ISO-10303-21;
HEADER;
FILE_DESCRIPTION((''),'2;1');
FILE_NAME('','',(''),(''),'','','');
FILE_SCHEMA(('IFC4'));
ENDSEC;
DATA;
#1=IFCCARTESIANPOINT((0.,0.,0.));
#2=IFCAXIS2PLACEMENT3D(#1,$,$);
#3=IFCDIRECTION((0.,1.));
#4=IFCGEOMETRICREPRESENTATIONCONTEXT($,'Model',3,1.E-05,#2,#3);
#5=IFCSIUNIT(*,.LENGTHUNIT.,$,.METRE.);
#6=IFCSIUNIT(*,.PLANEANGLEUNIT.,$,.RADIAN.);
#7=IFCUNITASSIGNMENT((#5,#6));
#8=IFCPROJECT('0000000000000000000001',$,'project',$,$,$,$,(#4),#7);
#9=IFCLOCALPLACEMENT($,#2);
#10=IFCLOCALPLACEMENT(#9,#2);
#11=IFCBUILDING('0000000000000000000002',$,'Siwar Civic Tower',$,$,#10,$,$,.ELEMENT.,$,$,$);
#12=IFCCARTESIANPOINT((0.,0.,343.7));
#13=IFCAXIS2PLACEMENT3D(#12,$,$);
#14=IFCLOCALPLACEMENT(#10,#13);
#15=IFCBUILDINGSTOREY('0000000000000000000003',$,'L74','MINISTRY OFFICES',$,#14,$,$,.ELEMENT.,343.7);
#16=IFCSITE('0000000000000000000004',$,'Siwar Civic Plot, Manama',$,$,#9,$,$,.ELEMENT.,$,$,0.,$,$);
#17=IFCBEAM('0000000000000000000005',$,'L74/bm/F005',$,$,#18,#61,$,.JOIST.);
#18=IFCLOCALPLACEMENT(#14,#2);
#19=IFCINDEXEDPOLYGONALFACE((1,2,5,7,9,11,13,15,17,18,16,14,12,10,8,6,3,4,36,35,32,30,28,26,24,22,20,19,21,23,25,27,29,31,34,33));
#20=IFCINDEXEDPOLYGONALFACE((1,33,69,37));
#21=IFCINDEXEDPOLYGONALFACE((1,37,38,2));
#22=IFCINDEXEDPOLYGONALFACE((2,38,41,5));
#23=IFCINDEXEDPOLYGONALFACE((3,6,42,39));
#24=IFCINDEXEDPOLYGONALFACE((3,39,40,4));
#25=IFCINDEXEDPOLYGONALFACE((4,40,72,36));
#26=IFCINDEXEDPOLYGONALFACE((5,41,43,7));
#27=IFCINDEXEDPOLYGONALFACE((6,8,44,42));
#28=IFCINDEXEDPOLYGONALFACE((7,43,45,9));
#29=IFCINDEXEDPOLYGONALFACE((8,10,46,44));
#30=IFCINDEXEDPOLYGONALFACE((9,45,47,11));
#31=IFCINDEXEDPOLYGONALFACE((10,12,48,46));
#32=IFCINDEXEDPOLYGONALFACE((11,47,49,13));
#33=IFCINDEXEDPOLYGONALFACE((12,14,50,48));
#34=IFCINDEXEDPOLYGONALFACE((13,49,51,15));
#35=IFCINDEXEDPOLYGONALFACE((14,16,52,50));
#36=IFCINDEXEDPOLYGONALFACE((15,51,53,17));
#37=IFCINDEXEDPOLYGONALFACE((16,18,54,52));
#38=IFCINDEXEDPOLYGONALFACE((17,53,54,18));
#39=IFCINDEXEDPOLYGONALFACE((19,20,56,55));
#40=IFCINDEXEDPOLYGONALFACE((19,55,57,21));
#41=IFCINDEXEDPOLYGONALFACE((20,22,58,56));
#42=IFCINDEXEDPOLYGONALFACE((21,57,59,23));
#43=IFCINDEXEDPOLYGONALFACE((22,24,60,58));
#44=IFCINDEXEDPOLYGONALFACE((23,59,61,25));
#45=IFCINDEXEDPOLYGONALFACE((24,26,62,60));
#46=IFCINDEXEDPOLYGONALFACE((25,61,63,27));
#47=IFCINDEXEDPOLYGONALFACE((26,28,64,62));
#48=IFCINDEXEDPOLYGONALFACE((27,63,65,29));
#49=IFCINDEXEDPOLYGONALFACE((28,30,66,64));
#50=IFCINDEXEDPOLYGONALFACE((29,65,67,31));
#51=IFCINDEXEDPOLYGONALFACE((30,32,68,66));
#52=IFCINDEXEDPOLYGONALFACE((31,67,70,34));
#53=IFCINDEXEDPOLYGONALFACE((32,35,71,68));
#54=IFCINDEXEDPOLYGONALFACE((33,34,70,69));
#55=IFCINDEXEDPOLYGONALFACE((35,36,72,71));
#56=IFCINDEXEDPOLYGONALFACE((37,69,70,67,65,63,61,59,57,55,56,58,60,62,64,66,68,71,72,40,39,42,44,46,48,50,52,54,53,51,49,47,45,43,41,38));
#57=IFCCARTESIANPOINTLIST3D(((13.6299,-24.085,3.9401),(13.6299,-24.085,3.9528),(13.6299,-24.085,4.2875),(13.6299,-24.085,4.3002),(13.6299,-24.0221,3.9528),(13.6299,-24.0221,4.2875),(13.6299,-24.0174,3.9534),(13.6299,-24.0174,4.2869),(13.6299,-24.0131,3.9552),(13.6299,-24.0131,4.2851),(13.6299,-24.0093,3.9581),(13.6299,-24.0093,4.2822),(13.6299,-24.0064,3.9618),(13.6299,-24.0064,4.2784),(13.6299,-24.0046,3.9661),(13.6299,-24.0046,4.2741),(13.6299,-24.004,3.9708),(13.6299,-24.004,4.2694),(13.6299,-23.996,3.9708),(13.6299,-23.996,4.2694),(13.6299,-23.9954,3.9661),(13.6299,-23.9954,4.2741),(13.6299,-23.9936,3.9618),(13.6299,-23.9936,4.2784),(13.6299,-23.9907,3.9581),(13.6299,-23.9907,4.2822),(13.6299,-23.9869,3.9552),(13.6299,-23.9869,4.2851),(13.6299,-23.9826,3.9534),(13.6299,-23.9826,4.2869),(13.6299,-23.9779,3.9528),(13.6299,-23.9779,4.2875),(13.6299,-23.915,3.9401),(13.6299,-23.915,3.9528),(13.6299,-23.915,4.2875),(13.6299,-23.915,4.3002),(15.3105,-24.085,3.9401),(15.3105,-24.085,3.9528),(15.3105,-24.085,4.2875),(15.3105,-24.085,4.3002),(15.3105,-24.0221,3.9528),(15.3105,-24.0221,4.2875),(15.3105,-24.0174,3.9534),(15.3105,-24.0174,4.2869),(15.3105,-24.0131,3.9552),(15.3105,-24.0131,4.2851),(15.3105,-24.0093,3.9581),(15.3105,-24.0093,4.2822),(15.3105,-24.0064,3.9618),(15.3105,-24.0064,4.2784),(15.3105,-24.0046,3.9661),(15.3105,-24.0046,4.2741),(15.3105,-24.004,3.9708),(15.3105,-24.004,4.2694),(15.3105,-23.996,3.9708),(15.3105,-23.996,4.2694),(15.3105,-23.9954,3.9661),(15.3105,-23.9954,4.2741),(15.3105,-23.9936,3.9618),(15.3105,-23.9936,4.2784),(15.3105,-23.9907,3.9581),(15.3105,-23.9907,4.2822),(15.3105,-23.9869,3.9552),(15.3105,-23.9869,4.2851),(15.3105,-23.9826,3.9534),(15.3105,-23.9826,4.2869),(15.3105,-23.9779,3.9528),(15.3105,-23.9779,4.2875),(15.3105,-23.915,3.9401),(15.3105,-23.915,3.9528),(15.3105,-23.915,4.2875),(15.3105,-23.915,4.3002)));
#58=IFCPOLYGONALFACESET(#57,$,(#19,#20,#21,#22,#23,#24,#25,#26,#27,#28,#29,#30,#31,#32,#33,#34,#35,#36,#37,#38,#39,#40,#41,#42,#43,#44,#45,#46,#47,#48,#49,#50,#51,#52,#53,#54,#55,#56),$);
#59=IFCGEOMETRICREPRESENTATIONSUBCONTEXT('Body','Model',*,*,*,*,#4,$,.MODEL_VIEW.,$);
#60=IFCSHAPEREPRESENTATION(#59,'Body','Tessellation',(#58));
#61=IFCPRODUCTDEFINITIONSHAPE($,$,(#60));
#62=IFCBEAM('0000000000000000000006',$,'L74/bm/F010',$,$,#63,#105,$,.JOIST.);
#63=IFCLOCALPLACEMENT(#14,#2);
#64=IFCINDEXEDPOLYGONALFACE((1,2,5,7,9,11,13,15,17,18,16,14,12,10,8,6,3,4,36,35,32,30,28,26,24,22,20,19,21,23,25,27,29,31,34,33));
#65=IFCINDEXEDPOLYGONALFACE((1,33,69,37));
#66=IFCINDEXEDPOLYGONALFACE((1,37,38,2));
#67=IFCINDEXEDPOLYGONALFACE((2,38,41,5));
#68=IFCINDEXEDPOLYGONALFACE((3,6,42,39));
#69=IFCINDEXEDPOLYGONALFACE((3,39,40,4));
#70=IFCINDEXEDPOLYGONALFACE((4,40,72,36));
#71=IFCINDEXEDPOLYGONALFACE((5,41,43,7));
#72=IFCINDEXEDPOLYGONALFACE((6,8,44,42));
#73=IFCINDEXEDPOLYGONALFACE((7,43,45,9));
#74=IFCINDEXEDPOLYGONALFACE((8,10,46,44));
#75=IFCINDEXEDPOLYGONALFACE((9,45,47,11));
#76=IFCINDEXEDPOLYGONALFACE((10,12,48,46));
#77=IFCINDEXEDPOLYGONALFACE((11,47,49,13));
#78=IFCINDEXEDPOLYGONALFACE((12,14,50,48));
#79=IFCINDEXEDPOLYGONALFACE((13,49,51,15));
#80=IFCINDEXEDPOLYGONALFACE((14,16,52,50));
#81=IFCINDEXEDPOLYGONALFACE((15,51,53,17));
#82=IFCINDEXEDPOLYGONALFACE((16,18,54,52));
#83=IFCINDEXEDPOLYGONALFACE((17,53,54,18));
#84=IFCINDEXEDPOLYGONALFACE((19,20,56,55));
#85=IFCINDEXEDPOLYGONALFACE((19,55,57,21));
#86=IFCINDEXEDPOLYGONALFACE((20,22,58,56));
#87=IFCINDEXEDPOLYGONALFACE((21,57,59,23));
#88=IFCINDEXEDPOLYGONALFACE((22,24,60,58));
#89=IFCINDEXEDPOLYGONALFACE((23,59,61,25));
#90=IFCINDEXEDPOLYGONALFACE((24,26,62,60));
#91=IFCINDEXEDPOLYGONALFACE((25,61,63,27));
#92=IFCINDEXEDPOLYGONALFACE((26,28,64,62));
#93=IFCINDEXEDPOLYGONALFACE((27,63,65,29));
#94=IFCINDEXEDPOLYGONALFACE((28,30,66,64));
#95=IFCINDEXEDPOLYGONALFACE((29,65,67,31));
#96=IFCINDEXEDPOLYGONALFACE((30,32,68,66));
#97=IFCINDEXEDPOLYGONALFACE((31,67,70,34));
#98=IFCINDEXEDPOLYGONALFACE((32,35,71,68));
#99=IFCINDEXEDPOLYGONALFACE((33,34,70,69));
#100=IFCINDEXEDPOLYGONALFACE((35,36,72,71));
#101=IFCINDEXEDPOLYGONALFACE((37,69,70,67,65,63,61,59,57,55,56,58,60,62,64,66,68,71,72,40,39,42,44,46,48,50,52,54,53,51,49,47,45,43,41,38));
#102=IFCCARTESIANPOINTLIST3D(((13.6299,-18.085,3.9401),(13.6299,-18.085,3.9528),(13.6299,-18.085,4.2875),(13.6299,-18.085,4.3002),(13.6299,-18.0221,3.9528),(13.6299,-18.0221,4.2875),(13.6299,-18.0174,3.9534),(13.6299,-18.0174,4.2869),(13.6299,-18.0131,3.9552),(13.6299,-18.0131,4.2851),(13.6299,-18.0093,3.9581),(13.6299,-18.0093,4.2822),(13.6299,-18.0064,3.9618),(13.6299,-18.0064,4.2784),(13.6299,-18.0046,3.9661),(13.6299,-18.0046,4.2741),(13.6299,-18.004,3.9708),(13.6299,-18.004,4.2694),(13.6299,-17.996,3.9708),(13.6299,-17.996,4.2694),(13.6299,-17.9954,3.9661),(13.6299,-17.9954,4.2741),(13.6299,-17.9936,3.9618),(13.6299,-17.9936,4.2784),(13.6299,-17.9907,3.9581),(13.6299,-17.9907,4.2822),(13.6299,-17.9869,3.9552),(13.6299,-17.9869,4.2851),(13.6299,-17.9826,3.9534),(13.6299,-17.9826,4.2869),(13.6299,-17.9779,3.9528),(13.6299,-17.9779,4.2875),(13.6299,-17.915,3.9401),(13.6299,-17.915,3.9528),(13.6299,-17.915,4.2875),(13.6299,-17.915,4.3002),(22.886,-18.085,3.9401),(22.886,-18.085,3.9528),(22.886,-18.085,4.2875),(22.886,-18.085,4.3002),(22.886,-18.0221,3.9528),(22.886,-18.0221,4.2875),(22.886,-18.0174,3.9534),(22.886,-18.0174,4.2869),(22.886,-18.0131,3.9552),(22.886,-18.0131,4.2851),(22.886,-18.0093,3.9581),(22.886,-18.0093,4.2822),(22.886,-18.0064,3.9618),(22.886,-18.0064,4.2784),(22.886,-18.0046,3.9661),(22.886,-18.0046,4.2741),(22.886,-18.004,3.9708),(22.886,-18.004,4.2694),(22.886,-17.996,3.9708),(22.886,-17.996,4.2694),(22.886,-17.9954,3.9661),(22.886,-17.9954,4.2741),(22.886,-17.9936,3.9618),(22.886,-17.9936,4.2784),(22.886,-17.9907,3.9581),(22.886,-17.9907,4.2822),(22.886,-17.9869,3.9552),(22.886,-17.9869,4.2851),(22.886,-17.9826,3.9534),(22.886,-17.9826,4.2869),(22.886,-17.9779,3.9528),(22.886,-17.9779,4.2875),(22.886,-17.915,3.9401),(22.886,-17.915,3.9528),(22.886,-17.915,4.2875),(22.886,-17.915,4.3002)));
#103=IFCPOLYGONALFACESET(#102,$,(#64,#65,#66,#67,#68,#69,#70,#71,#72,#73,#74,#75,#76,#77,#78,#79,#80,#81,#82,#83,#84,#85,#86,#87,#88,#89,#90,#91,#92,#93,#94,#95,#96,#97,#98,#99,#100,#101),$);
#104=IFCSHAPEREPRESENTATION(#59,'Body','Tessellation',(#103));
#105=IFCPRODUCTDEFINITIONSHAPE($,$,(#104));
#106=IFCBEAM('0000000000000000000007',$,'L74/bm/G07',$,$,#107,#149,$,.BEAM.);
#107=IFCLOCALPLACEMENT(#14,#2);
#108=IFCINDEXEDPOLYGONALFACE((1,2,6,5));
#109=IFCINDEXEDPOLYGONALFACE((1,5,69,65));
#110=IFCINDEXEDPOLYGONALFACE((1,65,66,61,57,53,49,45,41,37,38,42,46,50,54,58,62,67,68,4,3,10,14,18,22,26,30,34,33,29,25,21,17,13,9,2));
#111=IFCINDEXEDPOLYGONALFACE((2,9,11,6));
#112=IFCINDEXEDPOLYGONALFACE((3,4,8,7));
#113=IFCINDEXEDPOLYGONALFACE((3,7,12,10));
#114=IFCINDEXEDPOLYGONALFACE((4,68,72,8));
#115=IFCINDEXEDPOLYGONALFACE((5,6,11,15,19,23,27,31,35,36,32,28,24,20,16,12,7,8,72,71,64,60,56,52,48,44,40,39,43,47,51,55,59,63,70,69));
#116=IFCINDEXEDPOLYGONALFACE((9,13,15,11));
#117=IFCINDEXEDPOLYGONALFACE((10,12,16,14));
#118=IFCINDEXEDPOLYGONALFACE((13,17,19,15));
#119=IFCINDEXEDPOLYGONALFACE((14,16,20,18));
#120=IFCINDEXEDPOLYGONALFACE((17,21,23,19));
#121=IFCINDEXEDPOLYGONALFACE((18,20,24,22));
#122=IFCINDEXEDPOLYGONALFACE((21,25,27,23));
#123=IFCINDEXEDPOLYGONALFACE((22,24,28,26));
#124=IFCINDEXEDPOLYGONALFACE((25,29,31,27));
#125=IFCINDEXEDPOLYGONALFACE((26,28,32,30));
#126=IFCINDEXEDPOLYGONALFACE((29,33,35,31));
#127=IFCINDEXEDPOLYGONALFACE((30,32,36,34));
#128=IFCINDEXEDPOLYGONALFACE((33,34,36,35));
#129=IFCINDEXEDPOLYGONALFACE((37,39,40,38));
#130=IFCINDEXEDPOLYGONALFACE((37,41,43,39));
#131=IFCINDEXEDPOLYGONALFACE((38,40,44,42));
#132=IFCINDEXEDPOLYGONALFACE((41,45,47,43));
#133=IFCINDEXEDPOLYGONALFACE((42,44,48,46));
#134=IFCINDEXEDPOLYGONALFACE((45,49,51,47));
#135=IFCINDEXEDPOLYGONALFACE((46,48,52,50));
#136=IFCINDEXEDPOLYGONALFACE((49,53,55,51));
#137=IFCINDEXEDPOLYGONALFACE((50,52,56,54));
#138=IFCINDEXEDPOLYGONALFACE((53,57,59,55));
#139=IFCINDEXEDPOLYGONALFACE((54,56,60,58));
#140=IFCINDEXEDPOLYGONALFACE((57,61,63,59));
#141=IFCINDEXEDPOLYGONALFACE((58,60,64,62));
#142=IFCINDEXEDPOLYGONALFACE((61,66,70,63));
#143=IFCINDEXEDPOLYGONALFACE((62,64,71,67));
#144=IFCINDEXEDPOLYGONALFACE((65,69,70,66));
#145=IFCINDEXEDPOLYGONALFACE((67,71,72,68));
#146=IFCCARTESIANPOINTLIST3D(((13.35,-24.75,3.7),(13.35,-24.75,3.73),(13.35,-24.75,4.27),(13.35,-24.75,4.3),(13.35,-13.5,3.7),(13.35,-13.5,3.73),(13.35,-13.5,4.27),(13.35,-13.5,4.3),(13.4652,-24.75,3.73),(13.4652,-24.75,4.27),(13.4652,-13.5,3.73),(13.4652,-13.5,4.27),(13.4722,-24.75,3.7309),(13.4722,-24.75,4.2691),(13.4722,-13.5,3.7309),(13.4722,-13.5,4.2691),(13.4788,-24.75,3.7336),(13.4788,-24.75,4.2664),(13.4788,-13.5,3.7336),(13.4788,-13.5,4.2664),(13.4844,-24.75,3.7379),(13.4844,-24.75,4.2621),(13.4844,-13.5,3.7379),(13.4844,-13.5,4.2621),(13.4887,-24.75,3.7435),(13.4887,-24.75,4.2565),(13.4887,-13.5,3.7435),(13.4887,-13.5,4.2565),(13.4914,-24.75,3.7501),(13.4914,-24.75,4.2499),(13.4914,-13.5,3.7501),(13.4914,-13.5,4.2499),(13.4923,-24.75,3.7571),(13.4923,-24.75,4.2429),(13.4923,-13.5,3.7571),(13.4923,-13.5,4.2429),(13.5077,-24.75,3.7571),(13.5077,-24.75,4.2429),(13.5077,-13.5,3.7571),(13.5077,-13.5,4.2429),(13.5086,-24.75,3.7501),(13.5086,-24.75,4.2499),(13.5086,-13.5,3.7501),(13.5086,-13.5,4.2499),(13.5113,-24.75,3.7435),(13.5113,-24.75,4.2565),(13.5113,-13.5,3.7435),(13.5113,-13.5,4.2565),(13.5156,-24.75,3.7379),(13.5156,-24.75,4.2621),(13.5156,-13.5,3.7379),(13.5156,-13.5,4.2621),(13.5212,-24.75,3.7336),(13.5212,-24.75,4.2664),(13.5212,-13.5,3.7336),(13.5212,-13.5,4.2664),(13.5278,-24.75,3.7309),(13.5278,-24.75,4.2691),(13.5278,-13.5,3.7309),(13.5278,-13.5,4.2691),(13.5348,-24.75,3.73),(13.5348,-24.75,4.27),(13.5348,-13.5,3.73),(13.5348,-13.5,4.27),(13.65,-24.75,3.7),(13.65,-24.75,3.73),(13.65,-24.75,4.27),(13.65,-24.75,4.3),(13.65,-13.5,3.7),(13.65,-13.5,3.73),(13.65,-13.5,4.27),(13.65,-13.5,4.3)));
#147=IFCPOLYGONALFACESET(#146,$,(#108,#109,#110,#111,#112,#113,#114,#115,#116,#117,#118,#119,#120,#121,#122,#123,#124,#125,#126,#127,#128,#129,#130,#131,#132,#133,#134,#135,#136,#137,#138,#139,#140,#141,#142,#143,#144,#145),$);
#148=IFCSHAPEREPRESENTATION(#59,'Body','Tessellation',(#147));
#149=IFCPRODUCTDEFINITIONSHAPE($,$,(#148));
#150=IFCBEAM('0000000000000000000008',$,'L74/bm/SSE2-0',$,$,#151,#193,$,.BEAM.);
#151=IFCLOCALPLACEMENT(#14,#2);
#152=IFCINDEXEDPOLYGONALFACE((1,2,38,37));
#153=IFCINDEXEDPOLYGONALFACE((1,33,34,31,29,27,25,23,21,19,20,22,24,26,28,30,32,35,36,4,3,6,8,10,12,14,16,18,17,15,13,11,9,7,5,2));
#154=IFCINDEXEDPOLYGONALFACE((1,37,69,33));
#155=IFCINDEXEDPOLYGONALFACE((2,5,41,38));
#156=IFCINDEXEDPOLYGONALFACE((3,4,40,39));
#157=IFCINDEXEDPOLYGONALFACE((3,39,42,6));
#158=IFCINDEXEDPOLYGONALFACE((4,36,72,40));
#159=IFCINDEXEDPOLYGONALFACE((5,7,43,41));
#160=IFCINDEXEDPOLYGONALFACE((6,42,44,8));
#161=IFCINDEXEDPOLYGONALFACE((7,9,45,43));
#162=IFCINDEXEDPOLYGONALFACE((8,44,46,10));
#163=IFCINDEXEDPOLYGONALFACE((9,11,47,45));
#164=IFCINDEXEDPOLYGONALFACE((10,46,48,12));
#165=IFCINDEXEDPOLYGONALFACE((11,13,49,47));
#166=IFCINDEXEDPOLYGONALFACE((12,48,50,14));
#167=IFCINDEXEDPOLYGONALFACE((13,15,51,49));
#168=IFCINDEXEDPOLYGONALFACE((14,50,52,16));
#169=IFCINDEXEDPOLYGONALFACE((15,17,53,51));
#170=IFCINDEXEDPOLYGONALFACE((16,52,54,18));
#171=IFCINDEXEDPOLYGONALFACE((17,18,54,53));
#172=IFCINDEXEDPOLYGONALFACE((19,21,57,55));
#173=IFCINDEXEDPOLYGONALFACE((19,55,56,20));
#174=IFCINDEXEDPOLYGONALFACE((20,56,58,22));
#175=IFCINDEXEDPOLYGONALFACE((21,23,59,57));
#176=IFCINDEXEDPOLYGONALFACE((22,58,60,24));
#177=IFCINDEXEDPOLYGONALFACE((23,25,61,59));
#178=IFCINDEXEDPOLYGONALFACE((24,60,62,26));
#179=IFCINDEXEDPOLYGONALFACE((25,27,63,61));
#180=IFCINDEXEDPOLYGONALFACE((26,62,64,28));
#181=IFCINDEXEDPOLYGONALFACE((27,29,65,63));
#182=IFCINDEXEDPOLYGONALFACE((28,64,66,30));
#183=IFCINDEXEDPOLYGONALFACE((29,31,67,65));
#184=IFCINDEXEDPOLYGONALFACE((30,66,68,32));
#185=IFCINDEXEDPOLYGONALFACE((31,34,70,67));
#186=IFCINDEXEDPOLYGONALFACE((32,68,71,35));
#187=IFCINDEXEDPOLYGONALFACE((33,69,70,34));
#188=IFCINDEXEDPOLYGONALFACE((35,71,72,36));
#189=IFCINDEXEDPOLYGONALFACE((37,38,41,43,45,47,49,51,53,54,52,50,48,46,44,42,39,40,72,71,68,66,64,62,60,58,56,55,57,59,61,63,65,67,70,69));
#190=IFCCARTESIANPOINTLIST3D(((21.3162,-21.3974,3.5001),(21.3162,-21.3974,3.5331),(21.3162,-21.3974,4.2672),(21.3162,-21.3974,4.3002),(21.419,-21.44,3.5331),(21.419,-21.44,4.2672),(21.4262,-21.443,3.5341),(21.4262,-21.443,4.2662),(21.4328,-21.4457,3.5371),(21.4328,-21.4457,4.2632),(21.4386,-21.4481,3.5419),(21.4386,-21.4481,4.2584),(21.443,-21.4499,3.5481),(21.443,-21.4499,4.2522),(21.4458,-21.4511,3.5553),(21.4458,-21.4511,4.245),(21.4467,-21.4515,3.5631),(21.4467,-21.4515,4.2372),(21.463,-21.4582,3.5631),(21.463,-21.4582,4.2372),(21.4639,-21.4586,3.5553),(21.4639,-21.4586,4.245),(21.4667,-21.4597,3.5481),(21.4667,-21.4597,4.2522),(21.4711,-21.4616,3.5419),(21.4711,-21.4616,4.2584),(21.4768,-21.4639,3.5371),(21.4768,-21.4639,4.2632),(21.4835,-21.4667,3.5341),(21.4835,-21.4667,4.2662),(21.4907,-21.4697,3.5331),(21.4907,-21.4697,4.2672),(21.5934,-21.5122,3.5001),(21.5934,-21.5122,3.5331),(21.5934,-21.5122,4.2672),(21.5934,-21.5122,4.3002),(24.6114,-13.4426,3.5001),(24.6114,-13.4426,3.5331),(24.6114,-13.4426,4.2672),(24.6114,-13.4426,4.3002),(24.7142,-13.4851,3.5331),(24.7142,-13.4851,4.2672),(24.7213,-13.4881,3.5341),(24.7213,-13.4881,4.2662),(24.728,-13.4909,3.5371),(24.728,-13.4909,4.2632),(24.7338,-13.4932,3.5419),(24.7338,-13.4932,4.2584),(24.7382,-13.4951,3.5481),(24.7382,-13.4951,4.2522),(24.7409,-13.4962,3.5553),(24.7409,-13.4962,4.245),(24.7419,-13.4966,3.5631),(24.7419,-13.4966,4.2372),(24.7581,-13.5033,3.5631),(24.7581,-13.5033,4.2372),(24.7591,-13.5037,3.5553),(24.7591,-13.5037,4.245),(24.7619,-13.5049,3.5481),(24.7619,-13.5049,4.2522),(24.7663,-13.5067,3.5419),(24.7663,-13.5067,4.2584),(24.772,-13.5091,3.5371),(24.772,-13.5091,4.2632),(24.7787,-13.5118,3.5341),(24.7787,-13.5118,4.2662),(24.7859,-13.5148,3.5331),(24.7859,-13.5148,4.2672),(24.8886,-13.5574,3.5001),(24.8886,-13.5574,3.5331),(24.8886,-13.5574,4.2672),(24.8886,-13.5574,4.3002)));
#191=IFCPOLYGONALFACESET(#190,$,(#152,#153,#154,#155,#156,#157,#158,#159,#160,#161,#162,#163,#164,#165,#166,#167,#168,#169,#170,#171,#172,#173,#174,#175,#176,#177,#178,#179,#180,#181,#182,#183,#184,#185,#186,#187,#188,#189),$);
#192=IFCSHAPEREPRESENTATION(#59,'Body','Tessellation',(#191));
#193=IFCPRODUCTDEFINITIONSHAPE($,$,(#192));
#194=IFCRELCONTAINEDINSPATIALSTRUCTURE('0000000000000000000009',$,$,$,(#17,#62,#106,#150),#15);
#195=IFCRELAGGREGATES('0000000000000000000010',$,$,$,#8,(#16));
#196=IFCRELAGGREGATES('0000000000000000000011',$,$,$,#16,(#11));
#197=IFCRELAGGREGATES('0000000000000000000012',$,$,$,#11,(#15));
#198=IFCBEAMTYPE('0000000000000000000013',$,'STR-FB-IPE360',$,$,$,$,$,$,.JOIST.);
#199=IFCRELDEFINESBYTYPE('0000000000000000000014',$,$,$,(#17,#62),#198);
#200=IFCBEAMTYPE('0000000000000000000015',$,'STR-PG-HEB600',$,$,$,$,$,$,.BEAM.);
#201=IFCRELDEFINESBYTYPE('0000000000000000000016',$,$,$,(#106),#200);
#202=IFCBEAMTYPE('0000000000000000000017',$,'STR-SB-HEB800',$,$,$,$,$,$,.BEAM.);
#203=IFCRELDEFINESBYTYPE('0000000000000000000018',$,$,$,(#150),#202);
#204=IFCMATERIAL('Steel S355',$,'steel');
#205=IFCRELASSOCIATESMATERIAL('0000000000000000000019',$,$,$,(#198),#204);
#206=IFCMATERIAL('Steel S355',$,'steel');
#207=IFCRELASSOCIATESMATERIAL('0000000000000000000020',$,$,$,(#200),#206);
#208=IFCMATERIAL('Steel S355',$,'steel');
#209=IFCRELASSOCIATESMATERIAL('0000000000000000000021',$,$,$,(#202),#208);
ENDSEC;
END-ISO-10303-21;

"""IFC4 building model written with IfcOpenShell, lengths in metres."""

from ifc_helpers import new_model, si_unit, direction, frame, origin, origin_2d, place, context, subcontext, project, spatial, i_section, extrude, material, material_profile, profile_set, type_object, element, save


model = new_model("IFC4")

# Units and contexts
model_context = context("Model", 3, precision=1e-05, world=origin(), true_north=direction((0.0, 1.0)))
body_context = subcontext(model_context, "Body", "Model", "MODEL_VIEW")
ifc_project = project(units=[si_unit("LENGTHUNIT", "METRE"), si_unit("PLANEANGLEUNIT", "RADIAN")], contexts=[model_context])

# Site, building, storey
site_placement = place(None, origin())
site = spatial("IfcSite", under=ifc_project, at=site_placement, Name="Siwar Civic Plot, Manama", CompositionType="ELEMENT", RefElevation=0.0)
building_placement = place(site_placement, origin())
building = spatial("IfcBuilding", under=site, at=building_placement, Name="Siwar Civic Tower", CompositionType="ELEMENT")
storey_placement = place(building_placement, frame((0.0, 0.0, 343.7)))
storey = spatial("IfcBuildingStorey", under=building, at=storey_placement, Name="L74", Description="MINISTRY OFFICES", CompositionType="ELEMENT", Elevation=343.7)

# Beams
ifc_material_1 = material(Name="Steel S355", Category="steel")
ifc_material_profile_1 = material_profile(ifc_material_1, i_section(OverallWidth=0.1699, OverallDepth=0.3601, WebThickness=0.0081, FlangeThickness=0.0127, FilletRadius=0.0181, at=origin_2d()), Name="IPE360")
ifc_profile_set_1 = profile_set([ifc_material_profile_1], Name="Steel S355")
beam_type_1 = type_object("IfcBeamType", Name="STR-FB-IPE360", PredefinedType="JOIST", material=ifc_profile_set_1)
beam_1_placement = place(storey_placement, frame((13.6299, -24.0, 4.1201), z_axis=(1.0, 0.0, 0.0), x_axis=(0.0, 1.0, 0.0)))
element("IfcBeam", 1, at=beam_1_placement, inside=storey, type_object=beam_type_1, Name="L74/bm/F005", PredefinedType="JOIST", context=body_context, shape_type="SweptSolid", body=[
    extrude(i_section(OverallWidth=0.1699, OverallDepth=0.3601, WebThickness=0.0081, FlangeThickness=0.0127, FilletRadius=0.0181, at=origin_2d()), origin(), (0.0, 0.0, 1.0), 1.6807),
])
beam_2_placement = place(storey_placement, frame((13.6299, -18.0, 4.1201), z_axis=(1.0, 0.0, 0.0), x_axis=(0.0, 1.0, 0.0)))
element("IfcBeam", 2, at=beam_2_placement, inside=storey, type_object=beam_type_1, Name="L74/bm/F010", PredefinedType="JOIST", context=body_context, shape_type="SweptSolid", body=[
    extrude(i_section(OverallWidth=0.1699, OverallDepth=0.3601, WebThickness=0.0081, FlangeThickness=0.0127, FilletRadius=0.0181, at=origin_2d()), origin(), (0.0, 0.0, 1.0), 9.2561),
])
ifc_material_2 = material(Name="Steel S355", Category="steel")
ifc_material_profile_2 = material_profile(ifc_material_2, i_section(OverallWidth=0.3, OverallDepth=0.6001, WebThickness=0.0154, FlangeThickness=0.03, FilletRadius=0.0271, at=origin_2d()), Name="HEB600")
ifc_profile_set_2 = profile_set([ifc_material_profile_2], Name="Steel S355")
beam_type_2 = type_object("IfcBeamType", Name="STR-PG-HEB600", PredefinedType="BEAM", material=ifc_profile_set_2)
beam_3_placement = place(storey_placement, frame((13.5, -24.75, 4.0), z_axis=(0.0, 1.0, 0.0), x_axis=(-1.0, 0.0, 0.0)))
element("IfcBeam", 3, at=beam_3_placement, inside=storey, type_object=beam_type_2, Name="L74/bm/G07", PredefinedType="BEAM", context=body_context, shape_type="SweptSolid", body=[
    extrude(i_section(OverallWidth=0.3, OverallDepth=0.6001, WebThickness=0.0154, FlangeThickness=0.03, FilletRadius=0.0271, at=origin_2d()), origin(), (0.0, 0.0, 1.0), 11.25),
])
ifc_material_3 = material(Name="Steel S355", Category="steel")
ifc_material_profile_3 = material_profile(ifc_material_3, i_section(OverallWidth=0.3, OverallDepth=0.8, WebThickness=0.0176, FlangeThickness=0.033, FilletRadius=0.03, at=origin_2d()), Name="HEB800")
ifc_profile_set_3 = profile_set([ifc_material_profile_3], Name="Steel S355")
beam_type_3 = type_object("IfcBeamType", Name="STR-SB-HEB800", PredefinedType="BEAM", material=ifc_profile_set_3)
beam_4_placement = place(storey_placement, frame((21.4548, -21.4548, 3.9001), z_axis=(0.3827, 0.923873, 0.0), x_axis=(-0.923873, 0.3827, 0.0)))
element("IfcBeam", 4, at=beam_4_placement, inside=storey, type_object=beam_type_3, Name="L74/bm/SSE2-0", PredefinedType="BEAM", context=body_context, shape_type="SweptSolid", body=[
    extrude(i_section(OverallWidth=0.3, OverallDepth=0.8, WebThickness=0.0176, FlangeThickness=0.033, FilletRadius=0.03, at=origin_2d()), origin(), (0.0, 0.0, 1.0), 8.6104),
])

save(model, "model.ifc")
